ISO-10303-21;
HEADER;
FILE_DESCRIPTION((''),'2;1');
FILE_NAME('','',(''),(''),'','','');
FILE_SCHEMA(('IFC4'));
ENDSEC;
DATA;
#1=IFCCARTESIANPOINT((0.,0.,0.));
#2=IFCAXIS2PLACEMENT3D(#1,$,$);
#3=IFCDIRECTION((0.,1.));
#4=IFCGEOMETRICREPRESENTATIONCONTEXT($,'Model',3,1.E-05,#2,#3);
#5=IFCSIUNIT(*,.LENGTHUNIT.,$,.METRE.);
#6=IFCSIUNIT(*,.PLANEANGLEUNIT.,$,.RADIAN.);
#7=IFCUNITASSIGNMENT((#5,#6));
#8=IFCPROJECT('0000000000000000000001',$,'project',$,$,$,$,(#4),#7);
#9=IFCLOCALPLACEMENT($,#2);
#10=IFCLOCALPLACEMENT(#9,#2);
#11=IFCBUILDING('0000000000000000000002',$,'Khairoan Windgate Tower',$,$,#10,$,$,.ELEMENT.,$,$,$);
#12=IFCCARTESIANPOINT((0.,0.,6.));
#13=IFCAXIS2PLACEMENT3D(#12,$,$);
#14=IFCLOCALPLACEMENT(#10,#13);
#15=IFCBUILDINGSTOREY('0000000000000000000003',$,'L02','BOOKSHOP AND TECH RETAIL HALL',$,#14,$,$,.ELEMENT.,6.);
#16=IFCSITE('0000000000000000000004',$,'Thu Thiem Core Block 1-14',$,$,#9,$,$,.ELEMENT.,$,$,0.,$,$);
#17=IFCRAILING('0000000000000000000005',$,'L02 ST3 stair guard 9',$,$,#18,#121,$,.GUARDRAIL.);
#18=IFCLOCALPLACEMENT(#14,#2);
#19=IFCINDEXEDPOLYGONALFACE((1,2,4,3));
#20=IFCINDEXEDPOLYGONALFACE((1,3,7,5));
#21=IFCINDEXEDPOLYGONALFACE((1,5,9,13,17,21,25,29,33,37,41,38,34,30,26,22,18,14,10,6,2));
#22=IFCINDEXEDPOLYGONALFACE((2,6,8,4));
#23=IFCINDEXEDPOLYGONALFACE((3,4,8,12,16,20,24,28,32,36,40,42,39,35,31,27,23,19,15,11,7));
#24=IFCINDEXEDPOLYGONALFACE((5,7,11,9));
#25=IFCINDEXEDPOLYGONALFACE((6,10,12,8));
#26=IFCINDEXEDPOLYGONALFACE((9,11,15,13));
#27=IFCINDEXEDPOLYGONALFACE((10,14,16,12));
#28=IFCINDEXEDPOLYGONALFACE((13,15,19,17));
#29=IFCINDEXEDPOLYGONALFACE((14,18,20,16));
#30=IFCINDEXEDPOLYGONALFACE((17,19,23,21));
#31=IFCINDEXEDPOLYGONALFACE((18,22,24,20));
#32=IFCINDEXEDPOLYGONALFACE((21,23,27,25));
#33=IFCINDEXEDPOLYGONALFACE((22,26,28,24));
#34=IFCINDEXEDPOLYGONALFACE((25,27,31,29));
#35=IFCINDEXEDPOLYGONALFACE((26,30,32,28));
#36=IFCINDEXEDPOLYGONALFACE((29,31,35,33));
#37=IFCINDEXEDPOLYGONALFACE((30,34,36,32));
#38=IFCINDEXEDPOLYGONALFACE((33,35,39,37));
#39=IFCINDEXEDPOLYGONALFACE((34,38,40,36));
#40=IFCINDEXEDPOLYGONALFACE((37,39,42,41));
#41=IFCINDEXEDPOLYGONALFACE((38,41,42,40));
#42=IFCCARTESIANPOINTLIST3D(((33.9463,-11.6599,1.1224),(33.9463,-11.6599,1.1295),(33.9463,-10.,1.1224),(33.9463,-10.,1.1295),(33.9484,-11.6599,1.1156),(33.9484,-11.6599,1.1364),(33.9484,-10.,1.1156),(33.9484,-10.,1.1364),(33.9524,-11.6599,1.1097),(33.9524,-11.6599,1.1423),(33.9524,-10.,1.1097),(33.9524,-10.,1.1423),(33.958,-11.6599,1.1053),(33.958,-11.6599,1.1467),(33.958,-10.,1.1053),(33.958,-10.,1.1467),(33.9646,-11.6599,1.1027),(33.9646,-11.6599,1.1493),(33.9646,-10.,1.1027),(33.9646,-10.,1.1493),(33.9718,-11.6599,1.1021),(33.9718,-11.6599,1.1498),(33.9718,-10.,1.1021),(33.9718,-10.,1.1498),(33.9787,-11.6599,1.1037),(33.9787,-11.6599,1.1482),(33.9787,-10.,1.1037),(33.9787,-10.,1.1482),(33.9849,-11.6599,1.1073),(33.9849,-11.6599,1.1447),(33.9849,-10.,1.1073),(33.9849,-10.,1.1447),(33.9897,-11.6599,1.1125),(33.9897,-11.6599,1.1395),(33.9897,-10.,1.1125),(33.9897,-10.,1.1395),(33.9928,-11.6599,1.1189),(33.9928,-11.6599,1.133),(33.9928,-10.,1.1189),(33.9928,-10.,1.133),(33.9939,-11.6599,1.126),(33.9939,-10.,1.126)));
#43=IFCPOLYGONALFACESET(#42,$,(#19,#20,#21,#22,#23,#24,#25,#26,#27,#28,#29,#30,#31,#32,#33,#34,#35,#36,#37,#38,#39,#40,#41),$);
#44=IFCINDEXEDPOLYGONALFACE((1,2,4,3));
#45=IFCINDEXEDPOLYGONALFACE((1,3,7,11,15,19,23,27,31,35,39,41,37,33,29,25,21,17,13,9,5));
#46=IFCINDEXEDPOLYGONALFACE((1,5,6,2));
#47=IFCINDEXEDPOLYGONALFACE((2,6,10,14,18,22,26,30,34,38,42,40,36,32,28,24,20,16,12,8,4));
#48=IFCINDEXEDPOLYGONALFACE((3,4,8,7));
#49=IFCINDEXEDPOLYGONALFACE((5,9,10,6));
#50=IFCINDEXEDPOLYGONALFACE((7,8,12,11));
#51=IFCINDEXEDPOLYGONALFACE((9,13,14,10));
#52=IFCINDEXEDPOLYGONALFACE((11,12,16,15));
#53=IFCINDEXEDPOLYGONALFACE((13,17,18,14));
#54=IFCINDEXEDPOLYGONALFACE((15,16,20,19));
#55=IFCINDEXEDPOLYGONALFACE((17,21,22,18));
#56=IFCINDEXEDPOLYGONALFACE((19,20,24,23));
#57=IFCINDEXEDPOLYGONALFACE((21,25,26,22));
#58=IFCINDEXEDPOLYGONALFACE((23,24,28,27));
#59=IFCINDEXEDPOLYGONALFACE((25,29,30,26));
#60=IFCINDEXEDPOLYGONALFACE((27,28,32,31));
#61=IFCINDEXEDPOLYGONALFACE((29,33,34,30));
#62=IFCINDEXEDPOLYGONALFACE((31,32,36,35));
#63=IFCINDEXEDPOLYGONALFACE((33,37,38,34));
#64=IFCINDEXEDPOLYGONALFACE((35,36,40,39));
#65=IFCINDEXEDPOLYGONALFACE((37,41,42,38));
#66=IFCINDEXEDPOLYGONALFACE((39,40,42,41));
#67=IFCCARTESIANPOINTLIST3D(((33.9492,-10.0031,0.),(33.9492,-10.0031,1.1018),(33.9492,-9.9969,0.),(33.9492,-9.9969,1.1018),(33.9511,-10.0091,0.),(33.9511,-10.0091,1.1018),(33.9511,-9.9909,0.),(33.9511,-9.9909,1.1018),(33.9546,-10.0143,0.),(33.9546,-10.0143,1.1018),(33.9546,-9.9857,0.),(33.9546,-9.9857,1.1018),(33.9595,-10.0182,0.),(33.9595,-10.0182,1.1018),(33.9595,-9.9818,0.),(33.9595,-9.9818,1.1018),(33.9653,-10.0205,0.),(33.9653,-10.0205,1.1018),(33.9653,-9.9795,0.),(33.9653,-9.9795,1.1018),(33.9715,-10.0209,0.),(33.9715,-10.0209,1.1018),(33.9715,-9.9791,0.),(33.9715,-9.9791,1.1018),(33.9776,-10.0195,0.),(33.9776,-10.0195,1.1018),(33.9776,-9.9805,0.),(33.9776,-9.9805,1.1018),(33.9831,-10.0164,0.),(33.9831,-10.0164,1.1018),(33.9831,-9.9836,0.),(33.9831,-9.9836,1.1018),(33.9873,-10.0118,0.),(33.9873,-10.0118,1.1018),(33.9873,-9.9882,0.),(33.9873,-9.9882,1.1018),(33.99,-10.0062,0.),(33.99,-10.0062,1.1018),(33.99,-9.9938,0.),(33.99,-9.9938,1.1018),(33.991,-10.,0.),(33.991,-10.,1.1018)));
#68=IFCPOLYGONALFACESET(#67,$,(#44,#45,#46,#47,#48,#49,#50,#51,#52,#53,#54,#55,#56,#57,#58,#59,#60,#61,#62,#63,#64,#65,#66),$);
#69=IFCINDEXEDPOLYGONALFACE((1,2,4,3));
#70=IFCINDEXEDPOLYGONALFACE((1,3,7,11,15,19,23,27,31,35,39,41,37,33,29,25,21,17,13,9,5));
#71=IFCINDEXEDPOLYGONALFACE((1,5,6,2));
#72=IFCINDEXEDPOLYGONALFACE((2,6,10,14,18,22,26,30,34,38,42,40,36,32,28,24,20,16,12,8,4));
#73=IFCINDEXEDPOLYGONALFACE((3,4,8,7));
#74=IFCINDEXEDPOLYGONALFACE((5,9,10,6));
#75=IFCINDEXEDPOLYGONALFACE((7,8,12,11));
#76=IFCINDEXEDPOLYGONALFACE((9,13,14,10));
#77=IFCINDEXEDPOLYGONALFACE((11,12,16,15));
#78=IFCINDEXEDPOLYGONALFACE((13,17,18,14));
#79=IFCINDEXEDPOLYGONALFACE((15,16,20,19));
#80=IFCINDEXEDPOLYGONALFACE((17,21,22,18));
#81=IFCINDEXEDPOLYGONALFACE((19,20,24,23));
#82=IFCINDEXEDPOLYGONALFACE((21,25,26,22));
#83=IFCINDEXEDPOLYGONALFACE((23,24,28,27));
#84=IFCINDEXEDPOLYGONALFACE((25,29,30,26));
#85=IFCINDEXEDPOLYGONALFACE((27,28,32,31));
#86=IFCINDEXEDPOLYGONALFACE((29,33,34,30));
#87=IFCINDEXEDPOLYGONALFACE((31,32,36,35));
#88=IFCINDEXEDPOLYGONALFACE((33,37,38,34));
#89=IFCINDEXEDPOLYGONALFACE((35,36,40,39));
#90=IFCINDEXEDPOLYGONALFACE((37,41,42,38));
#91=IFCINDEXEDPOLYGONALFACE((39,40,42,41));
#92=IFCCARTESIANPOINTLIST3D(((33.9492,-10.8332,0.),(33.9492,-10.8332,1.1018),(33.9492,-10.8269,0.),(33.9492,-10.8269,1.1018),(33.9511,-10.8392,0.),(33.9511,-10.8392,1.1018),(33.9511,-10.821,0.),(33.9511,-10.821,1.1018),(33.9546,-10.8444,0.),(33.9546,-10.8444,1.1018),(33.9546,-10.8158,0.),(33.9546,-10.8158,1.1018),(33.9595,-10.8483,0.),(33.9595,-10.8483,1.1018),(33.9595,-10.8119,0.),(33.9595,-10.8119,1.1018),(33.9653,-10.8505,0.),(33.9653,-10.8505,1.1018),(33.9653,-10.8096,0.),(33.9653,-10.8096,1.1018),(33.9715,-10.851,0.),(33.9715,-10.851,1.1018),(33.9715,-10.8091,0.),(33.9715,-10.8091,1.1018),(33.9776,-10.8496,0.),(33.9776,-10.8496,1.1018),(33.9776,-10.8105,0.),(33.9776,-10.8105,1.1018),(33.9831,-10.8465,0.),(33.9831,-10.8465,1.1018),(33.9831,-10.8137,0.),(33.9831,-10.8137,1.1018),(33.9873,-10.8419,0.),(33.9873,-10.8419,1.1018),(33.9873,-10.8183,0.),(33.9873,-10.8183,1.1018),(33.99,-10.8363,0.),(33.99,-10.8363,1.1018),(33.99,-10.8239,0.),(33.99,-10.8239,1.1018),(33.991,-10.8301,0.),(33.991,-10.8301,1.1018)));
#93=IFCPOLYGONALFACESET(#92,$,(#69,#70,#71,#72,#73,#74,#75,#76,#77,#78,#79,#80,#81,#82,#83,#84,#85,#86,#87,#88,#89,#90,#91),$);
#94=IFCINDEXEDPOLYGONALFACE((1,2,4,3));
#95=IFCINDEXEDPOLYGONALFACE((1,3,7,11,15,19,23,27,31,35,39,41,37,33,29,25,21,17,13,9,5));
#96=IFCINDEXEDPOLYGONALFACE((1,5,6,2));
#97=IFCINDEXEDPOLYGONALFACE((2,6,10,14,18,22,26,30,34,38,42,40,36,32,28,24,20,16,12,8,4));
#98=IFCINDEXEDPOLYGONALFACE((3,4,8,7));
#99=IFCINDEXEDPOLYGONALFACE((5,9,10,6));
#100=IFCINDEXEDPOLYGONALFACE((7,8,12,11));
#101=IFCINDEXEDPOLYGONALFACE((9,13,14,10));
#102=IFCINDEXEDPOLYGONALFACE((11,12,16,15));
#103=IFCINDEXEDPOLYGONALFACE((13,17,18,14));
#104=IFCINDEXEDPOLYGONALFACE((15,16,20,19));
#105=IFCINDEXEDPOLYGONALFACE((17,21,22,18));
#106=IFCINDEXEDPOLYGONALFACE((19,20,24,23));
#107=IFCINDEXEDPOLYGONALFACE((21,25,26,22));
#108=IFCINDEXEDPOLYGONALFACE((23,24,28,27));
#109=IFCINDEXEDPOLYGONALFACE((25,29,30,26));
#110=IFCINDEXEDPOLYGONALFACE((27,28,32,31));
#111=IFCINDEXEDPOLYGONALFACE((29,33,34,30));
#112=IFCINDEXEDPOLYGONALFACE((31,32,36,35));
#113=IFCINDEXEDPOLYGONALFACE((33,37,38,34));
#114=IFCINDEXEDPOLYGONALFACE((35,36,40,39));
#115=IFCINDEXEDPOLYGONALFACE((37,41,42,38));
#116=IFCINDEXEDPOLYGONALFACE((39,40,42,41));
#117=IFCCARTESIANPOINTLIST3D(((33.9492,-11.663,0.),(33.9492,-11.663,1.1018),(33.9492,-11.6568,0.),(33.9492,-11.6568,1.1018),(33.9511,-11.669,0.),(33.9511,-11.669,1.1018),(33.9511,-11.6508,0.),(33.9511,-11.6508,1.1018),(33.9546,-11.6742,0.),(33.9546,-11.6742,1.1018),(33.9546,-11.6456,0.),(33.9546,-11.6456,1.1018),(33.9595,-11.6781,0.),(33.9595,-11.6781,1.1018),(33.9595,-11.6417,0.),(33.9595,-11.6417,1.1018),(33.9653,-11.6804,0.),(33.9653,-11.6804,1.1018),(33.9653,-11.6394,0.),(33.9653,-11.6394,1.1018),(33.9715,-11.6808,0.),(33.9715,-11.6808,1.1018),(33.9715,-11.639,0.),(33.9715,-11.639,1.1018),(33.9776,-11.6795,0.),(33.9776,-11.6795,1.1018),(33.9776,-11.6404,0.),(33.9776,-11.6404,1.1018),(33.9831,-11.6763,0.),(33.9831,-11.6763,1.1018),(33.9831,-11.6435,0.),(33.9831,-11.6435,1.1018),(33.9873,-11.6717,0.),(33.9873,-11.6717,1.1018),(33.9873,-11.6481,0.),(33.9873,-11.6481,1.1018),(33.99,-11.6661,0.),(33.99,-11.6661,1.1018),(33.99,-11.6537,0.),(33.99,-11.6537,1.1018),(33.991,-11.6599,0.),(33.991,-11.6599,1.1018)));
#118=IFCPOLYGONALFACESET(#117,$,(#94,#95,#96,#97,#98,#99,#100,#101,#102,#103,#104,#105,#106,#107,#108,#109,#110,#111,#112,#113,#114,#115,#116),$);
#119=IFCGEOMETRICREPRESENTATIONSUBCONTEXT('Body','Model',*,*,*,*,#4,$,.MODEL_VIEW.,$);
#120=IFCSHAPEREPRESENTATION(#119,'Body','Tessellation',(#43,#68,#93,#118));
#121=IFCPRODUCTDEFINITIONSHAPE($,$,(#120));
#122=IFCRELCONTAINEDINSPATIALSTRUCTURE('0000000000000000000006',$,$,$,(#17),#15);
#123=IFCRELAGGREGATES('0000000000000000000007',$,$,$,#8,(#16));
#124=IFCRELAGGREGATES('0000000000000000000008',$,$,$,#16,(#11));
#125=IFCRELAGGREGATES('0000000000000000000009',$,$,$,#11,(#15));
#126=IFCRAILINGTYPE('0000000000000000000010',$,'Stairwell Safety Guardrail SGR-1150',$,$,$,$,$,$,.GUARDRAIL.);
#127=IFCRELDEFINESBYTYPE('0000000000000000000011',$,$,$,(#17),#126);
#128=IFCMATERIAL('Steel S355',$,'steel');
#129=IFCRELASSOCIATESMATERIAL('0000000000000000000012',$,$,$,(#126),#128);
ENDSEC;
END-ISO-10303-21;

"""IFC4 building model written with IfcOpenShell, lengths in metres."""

from ifc_helpers import new_model, si_unit, direction, frame, origin, origin_2d, place, context, subcontext, project, spatial, circle, extrude, material, type_object, element, save


model = new_model("IFC4")

# Units and contexts
model_context = context("Model", 3, precision=1e-05, world=origin(), true_north=direction((0.0, 1.0)))
body_context = subcontext(model_context, "Body", "Model", "MODEL_VIEW")
ifc_project = project(units=[si_unit("LENGTHUNIT", "METRE"), si_unit("PLANEANGLEUNIT", "RADIAN")], contexts=[model_context])

# Site, building, storey
site_placement = place(None, origin())
site = spatial("IfcSite", under=ifc_project, at=site_placement, Name="Thu Thiem Core Block 1-14", CompositionType="ELEMENT", RefElevation=0.0)
building_placement = place(site_placement, origin())
building = spatial("IfcBuilding", under=site, at=building_placement, Name="Khairoan Windgate Tower", CompositionType="ELEMENT")
storey_placement = place(building_placement, frame((0.0, 0.0, 6.0)))
storey = spatial("IfcBuildingStorey", under=building, at=storey_placement, Name="L02", Description="BOOKSHOP AND TECH RETAIL HALL", CompositionType="ELEMENT", Elevation=6.0)

# Railing
ifc_material_1 = material(Name="Steel S355", Category="steel")
railing_type_1 = type_object("IfcRailingType", Name="Stairwell Safety Guardrail SGR-1150", PredefinedType="GUARDRAIL", material=ifc_material_1)
for number, where, name in (
    (1, (33.97, -10.0, 0.0), "L02 ST3 stair guard 9"),
):
    element("IfcRailing", number, at=place(storey_placement, frame(where)), inside=storey, type_object=railing_type_1, Name=name, PredefinedType="GUARDRAIL", context=body_context, shape_type="SweptSolid", body=[
        extrude(circle(Radius=0.0239, at=origin_2d()), frame((0.0, 0.0, 1.126), z_axis=(0.0, -1.0, 0.0), x_axis=(1.0, 0.0, 0.0)), (0.0, 0.0, 1.0), 1.6599),
        extrude(circle(Radius=0.021, at=origin_2d()), origin(), (0.0, 0.0, 1.0), 1.1018),
        extrude(circle(Radius=0.021, at=origin_2d()), frame((0.0, -0.8301, 0.0)), (0.0, 0.0, 1.0), 1.1018),
        extrude(circle(Radius=0.021, at=origin_2d()), frame((0.0, -1.6599, 0.0)), (0.0, 0.0, 1.0), 1.1018),
    ])

save(model, "model.ifc")
